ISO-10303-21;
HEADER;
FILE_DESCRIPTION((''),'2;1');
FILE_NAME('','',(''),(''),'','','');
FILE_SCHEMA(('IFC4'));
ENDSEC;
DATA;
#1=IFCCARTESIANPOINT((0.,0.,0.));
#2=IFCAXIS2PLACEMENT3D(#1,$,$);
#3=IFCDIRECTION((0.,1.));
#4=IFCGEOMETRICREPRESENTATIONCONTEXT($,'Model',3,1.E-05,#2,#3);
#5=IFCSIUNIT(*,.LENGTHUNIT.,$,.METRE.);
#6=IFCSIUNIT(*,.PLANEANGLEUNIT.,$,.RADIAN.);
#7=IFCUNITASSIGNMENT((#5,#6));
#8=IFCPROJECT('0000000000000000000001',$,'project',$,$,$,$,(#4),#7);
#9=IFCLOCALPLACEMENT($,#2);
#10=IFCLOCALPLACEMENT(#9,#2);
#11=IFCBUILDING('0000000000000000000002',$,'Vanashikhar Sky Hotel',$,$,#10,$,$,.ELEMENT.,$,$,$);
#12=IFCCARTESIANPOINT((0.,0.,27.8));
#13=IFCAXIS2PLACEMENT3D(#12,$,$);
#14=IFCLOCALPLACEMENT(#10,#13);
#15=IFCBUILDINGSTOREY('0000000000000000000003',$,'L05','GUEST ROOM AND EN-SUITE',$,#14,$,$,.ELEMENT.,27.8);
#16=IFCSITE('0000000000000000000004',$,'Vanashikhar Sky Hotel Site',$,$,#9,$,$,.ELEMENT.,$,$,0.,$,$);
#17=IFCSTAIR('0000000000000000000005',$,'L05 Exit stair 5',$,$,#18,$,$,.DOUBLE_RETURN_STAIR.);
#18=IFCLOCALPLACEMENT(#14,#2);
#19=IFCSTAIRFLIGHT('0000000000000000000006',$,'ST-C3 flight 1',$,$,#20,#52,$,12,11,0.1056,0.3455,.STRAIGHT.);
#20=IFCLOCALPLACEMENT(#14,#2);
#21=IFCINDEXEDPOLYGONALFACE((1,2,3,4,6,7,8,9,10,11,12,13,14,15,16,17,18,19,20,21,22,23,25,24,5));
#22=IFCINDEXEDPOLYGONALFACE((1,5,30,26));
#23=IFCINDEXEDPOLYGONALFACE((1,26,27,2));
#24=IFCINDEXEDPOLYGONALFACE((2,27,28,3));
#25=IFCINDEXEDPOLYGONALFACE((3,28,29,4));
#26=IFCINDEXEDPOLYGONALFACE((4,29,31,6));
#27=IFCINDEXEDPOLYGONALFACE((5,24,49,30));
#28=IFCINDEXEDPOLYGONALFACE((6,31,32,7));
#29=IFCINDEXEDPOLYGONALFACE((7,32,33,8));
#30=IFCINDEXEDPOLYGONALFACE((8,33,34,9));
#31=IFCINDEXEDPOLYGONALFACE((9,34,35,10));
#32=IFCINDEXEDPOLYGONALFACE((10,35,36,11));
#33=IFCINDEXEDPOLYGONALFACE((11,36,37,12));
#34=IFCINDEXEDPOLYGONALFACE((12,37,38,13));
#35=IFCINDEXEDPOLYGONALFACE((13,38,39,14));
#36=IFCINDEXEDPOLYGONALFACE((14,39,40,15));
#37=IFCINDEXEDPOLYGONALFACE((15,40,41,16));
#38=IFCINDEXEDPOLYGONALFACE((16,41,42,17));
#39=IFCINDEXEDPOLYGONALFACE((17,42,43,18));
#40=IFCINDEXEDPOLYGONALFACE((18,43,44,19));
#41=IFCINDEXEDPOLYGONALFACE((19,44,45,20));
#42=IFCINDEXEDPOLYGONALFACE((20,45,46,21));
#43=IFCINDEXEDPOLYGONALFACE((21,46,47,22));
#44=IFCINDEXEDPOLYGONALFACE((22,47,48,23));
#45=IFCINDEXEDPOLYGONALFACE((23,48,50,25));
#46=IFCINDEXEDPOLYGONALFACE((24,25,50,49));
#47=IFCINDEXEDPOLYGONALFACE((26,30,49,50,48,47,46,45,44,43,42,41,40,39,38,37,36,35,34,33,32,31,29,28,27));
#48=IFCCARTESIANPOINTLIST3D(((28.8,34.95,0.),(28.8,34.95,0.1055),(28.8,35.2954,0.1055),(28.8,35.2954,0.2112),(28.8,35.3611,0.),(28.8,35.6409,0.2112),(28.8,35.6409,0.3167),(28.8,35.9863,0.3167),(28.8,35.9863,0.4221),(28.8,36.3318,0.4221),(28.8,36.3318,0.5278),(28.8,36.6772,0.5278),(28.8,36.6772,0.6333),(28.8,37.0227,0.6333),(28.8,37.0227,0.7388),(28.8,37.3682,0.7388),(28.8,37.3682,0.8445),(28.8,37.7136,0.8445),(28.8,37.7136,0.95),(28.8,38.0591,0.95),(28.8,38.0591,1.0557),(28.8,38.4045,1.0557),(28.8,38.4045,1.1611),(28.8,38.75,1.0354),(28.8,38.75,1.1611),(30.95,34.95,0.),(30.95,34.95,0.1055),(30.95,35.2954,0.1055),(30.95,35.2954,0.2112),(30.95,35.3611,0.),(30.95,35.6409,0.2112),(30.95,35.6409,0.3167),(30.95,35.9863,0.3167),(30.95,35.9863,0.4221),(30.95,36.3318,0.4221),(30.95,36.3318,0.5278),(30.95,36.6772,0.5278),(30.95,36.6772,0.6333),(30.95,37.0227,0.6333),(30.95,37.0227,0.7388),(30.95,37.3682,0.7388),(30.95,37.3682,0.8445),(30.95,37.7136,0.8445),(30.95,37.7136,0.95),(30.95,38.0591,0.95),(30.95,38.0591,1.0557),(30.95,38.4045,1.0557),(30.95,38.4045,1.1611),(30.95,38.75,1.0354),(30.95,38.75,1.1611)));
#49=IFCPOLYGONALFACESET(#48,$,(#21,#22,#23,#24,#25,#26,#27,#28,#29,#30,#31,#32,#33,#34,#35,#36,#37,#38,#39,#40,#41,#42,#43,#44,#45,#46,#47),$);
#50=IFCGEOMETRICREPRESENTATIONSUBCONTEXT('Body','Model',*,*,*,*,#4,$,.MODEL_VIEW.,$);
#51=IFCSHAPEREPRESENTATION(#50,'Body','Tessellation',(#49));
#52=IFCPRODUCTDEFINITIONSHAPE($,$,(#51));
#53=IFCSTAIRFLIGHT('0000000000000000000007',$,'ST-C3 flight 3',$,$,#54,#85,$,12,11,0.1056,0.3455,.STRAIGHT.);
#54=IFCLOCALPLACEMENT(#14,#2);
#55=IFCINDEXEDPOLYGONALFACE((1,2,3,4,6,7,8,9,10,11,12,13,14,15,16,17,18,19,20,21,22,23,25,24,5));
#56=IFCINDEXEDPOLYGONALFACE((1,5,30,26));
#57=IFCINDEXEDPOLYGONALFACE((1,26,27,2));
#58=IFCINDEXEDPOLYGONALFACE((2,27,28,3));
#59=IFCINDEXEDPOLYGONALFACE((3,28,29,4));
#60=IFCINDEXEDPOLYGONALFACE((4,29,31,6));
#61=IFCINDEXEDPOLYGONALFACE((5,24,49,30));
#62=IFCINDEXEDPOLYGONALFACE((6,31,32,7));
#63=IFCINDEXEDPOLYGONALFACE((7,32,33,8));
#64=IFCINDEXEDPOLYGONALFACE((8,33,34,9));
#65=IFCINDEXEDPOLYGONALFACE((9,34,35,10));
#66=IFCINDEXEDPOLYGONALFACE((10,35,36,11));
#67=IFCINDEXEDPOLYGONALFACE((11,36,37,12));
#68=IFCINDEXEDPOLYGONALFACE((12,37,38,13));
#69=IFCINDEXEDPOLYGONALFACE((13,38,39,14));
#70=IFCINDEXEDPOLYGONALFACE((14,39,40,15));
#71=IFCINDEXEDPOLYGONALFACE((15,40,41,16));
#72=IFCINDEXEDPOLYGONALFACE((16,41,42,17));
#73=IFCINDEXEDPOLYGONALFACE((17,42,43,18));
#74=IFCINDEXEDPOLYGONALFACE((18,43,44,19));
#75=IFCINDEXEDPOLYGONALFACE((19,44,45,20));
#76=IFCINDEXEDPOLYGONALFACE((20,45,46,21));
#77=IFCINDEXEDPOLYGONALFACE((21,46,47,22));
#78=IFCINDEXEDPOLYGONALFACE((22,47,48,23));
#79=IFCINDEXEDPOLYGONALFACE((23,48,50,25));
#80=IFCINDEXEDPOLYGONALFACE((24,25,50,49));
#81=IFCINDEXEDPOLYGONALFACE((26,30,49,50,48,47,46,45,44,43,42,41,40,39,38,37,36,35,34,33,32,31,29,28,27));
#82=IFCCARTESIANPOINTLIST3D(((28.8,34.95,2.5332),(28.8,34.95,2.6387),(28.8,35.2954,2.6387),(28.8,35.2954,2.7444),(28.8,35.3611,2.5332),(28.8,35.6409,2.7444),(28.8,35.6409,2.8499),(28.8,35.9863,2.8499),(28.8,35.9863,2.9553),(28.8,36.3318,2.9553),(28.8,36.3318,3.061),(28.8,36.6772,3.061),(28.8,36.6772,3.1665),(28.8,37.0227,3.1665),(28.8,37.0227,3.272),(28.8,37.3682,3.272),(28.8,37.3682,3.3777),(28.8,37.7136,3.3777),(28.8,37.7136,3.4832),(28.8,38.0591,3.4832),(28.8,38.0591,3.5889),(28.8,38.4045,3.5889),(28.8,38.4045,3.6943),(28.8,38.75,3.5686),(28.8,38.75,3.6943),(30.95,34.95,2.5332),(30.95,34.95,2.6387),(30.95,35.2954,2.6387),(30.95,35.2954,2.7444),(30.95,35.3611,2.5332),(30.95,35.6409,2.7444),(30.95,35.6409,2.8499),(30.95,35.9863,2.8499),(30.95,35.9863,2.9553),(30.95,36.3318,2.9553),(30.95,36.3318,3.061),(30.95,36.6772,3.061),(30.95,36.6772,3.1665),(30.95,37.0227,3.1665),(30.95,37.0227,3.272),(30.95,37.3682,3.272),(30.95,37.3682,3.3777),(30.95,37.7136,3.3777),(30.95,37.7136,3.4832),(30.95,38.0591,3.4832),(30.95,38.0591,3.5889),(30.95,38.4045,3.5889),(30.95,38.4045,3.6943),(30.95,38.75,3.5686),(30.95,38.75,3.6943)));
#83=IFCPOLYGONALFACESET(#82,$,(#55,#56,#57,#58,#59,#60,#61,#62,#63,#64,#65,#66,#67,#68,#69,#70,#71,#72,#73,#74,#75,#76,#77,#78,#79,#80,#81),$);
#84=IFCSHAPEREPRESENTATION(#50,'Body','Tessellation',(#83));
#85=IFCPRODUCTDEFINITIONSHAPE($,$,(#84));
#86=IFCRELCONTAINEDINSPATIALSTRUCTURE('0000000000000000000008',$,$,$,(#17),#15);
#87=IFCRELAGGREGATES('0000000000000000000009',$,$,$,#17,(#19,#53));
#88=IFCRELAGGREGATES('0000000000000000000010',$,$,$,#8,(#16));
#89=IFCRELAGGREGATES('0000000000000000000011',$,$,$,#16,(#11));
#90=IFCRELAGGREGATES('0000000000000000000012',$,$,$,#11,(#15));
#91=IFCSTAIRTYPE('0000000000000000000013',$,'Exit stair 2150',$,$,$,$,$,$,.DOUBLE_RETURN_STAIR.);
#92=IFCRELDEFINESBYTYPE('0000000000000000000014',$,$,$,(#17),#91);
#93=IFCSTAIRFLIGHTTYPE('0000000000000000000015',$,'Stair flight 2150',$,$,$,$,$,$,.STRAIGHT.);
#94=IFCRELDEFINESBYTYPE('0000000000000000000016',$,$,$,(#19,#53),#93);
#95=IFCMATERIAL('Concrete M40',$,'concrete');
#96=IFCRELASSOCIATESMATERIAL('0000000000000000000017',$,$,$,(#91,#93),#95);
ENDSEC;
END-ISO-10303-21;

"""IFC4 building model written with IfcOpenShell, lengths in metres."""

from ifc_helpers import new_model, si_unit, direction, frame, origin, place, context, subcontext, project, spatial, polyline, outline, extrude, source, transform, mapped, material, type_object, element, aggregate, save


model = new_model("IFC4")

# Units and contexts
model_context = context("Model", 3, precision=1e-05, world=origin(), true_north=direction((0.0, 1.0)))
body_context = subcontext(model_context, "Body", "Model", "MODEL_VIEW")
ifc_project = project(units=[si_unit("LENGTHUNIT", "METRE"), si_unit("PLANEANGLEUNIT", "RADIAN")], contexts=[model_context])

# Site, building, storey
site_placement = place(None, origin())
site = spatial("IfcSite", under=ifc_project, at=site_placement, Name="Vanashikhar Sky Hotel Site", CompositionType="ELEMENT", RefElevation=0.0)
building_placement = place(site_placement, origin())
building = spatial("IfcBuilding", under=site, at=building_placement, Name="Vanashikhar Sky Hotel", CompositionType="ELEMENT")
storey_placement = place(building_placement, frame((0.0, 0.0, 27.8)))
storey = spatial("IfcBuildingStorey", under=building, at=storey_placement, Name="L05", Description="GUEST ROOM AND EN-SUITE", CompositionType="ELEMENT", Elevation=27.8)

# Shared definitions
ifc_material_1 = material(Name="Concrete M40", Category="concrete")

# Stair, stair flights
stair_type = type_object("IfcStairType", Name="Exit stair 2150", PredefinedType="DOUBLE_RETURN_STAIR", material=ifc_material_1)
stair_placement = place(storey_placement, origin())
stair = element("IfcStair", 1, at=stair_placement, inside=storey, type_object=stair_type, Name="L05 Exit stair 5", PredefinedType="DOUBLE_RETURN_STAIR")
stair_flight_type = type_object("IfcStairFlightType", Name="Stair flight 2150", PredefinedType="STRAIGHT", material=ifc_material_1)
shared_shape_1 = source(origin(), body_context, "Body", "SweptSolid", [
    extrude(outline(polyline([(0.0, 0.0), (0.0, 0.1055), (0.3455, 0.1055), (0.3455, 0.2112), (0.6909, 0.2112), (0.6909, 0.3167), (1.0364, 0.3167), (1.0364, 0.4221), (1.3818, 0.4221), (1.3818, 0.5278), (1.7273, 0.5278), (1.7273, 0.6333), (2.0728, 0.6333), (2.0728, 0.7388), (2.4182, 0.7388), (2.4182, 0.8445), (2.7637, 0.8445), (2.7637, 0.95), (3.1091, 0.95), (3.1091, 1.0557), (3.4546, 1.0557), (3.4546, 1.1611), (3.8, 1.1611), (3.8, 1.2666), (3.8, 1.0354), (0.4111, 0.0), (0.0, 0.0)])), frame((0.0, 1.075, 0.0), z_axis=(0.0, -1.0, 0.0), x_axis=(1.0, 0.0, 0.0)), (0.0, 0.0, 1.0), 2.1499),
])
stair_flight_1_placement = place(storey_placement, frame((29.875, 34.95, 0.0), z_axis=(0.0, 0.0, 1.0), x_axis=(0.0, 1.0, 0.0)))
stair_flight_1 = element("IfcStairFlight", 2, at=stair_flight_1_placement, type_object=stair_flight_type, Name="ST-C3 flight 1", NumberOfRisers=12, NumberOfTreads=11, PredefinedType="STRAIGHT", RiserHeight=0.1056, TreadLength=0.3455, context=body_context, shape_type="MappedRepresentation", body=[
    mapped(shared_shape_1, transform((0.0, 0.0, 0.0), scale=1.0)),
])
stair_flight_2_placement = place(storey_placement, frame((29.875, 34.95, 2.5332), z_axis=(0.0, 0.0, 1.0), x_axis=(0.0, 1.0, 0.0)))
stair_flight_2 = element("IfcStairFlight", 3, at=stair_flight_2_placement, type_object=stair_flight_type, Name="ST-C3 flight 3", NumberOfRisers=12, NumberOfTreads=11, PredefinedType="STRAIGHT", RiserHeight=0.1056, TreadLength=0.3455, context=body_context, shape_type="MappedRepresentation", body=[
    mapped(shared_shape_1, transform((0.0, 0.0, 0.0), scale=1.0)),
])
aggregate(stair, [stair_flight_1, stair_flight_2])

save(model, "model.ifc")
